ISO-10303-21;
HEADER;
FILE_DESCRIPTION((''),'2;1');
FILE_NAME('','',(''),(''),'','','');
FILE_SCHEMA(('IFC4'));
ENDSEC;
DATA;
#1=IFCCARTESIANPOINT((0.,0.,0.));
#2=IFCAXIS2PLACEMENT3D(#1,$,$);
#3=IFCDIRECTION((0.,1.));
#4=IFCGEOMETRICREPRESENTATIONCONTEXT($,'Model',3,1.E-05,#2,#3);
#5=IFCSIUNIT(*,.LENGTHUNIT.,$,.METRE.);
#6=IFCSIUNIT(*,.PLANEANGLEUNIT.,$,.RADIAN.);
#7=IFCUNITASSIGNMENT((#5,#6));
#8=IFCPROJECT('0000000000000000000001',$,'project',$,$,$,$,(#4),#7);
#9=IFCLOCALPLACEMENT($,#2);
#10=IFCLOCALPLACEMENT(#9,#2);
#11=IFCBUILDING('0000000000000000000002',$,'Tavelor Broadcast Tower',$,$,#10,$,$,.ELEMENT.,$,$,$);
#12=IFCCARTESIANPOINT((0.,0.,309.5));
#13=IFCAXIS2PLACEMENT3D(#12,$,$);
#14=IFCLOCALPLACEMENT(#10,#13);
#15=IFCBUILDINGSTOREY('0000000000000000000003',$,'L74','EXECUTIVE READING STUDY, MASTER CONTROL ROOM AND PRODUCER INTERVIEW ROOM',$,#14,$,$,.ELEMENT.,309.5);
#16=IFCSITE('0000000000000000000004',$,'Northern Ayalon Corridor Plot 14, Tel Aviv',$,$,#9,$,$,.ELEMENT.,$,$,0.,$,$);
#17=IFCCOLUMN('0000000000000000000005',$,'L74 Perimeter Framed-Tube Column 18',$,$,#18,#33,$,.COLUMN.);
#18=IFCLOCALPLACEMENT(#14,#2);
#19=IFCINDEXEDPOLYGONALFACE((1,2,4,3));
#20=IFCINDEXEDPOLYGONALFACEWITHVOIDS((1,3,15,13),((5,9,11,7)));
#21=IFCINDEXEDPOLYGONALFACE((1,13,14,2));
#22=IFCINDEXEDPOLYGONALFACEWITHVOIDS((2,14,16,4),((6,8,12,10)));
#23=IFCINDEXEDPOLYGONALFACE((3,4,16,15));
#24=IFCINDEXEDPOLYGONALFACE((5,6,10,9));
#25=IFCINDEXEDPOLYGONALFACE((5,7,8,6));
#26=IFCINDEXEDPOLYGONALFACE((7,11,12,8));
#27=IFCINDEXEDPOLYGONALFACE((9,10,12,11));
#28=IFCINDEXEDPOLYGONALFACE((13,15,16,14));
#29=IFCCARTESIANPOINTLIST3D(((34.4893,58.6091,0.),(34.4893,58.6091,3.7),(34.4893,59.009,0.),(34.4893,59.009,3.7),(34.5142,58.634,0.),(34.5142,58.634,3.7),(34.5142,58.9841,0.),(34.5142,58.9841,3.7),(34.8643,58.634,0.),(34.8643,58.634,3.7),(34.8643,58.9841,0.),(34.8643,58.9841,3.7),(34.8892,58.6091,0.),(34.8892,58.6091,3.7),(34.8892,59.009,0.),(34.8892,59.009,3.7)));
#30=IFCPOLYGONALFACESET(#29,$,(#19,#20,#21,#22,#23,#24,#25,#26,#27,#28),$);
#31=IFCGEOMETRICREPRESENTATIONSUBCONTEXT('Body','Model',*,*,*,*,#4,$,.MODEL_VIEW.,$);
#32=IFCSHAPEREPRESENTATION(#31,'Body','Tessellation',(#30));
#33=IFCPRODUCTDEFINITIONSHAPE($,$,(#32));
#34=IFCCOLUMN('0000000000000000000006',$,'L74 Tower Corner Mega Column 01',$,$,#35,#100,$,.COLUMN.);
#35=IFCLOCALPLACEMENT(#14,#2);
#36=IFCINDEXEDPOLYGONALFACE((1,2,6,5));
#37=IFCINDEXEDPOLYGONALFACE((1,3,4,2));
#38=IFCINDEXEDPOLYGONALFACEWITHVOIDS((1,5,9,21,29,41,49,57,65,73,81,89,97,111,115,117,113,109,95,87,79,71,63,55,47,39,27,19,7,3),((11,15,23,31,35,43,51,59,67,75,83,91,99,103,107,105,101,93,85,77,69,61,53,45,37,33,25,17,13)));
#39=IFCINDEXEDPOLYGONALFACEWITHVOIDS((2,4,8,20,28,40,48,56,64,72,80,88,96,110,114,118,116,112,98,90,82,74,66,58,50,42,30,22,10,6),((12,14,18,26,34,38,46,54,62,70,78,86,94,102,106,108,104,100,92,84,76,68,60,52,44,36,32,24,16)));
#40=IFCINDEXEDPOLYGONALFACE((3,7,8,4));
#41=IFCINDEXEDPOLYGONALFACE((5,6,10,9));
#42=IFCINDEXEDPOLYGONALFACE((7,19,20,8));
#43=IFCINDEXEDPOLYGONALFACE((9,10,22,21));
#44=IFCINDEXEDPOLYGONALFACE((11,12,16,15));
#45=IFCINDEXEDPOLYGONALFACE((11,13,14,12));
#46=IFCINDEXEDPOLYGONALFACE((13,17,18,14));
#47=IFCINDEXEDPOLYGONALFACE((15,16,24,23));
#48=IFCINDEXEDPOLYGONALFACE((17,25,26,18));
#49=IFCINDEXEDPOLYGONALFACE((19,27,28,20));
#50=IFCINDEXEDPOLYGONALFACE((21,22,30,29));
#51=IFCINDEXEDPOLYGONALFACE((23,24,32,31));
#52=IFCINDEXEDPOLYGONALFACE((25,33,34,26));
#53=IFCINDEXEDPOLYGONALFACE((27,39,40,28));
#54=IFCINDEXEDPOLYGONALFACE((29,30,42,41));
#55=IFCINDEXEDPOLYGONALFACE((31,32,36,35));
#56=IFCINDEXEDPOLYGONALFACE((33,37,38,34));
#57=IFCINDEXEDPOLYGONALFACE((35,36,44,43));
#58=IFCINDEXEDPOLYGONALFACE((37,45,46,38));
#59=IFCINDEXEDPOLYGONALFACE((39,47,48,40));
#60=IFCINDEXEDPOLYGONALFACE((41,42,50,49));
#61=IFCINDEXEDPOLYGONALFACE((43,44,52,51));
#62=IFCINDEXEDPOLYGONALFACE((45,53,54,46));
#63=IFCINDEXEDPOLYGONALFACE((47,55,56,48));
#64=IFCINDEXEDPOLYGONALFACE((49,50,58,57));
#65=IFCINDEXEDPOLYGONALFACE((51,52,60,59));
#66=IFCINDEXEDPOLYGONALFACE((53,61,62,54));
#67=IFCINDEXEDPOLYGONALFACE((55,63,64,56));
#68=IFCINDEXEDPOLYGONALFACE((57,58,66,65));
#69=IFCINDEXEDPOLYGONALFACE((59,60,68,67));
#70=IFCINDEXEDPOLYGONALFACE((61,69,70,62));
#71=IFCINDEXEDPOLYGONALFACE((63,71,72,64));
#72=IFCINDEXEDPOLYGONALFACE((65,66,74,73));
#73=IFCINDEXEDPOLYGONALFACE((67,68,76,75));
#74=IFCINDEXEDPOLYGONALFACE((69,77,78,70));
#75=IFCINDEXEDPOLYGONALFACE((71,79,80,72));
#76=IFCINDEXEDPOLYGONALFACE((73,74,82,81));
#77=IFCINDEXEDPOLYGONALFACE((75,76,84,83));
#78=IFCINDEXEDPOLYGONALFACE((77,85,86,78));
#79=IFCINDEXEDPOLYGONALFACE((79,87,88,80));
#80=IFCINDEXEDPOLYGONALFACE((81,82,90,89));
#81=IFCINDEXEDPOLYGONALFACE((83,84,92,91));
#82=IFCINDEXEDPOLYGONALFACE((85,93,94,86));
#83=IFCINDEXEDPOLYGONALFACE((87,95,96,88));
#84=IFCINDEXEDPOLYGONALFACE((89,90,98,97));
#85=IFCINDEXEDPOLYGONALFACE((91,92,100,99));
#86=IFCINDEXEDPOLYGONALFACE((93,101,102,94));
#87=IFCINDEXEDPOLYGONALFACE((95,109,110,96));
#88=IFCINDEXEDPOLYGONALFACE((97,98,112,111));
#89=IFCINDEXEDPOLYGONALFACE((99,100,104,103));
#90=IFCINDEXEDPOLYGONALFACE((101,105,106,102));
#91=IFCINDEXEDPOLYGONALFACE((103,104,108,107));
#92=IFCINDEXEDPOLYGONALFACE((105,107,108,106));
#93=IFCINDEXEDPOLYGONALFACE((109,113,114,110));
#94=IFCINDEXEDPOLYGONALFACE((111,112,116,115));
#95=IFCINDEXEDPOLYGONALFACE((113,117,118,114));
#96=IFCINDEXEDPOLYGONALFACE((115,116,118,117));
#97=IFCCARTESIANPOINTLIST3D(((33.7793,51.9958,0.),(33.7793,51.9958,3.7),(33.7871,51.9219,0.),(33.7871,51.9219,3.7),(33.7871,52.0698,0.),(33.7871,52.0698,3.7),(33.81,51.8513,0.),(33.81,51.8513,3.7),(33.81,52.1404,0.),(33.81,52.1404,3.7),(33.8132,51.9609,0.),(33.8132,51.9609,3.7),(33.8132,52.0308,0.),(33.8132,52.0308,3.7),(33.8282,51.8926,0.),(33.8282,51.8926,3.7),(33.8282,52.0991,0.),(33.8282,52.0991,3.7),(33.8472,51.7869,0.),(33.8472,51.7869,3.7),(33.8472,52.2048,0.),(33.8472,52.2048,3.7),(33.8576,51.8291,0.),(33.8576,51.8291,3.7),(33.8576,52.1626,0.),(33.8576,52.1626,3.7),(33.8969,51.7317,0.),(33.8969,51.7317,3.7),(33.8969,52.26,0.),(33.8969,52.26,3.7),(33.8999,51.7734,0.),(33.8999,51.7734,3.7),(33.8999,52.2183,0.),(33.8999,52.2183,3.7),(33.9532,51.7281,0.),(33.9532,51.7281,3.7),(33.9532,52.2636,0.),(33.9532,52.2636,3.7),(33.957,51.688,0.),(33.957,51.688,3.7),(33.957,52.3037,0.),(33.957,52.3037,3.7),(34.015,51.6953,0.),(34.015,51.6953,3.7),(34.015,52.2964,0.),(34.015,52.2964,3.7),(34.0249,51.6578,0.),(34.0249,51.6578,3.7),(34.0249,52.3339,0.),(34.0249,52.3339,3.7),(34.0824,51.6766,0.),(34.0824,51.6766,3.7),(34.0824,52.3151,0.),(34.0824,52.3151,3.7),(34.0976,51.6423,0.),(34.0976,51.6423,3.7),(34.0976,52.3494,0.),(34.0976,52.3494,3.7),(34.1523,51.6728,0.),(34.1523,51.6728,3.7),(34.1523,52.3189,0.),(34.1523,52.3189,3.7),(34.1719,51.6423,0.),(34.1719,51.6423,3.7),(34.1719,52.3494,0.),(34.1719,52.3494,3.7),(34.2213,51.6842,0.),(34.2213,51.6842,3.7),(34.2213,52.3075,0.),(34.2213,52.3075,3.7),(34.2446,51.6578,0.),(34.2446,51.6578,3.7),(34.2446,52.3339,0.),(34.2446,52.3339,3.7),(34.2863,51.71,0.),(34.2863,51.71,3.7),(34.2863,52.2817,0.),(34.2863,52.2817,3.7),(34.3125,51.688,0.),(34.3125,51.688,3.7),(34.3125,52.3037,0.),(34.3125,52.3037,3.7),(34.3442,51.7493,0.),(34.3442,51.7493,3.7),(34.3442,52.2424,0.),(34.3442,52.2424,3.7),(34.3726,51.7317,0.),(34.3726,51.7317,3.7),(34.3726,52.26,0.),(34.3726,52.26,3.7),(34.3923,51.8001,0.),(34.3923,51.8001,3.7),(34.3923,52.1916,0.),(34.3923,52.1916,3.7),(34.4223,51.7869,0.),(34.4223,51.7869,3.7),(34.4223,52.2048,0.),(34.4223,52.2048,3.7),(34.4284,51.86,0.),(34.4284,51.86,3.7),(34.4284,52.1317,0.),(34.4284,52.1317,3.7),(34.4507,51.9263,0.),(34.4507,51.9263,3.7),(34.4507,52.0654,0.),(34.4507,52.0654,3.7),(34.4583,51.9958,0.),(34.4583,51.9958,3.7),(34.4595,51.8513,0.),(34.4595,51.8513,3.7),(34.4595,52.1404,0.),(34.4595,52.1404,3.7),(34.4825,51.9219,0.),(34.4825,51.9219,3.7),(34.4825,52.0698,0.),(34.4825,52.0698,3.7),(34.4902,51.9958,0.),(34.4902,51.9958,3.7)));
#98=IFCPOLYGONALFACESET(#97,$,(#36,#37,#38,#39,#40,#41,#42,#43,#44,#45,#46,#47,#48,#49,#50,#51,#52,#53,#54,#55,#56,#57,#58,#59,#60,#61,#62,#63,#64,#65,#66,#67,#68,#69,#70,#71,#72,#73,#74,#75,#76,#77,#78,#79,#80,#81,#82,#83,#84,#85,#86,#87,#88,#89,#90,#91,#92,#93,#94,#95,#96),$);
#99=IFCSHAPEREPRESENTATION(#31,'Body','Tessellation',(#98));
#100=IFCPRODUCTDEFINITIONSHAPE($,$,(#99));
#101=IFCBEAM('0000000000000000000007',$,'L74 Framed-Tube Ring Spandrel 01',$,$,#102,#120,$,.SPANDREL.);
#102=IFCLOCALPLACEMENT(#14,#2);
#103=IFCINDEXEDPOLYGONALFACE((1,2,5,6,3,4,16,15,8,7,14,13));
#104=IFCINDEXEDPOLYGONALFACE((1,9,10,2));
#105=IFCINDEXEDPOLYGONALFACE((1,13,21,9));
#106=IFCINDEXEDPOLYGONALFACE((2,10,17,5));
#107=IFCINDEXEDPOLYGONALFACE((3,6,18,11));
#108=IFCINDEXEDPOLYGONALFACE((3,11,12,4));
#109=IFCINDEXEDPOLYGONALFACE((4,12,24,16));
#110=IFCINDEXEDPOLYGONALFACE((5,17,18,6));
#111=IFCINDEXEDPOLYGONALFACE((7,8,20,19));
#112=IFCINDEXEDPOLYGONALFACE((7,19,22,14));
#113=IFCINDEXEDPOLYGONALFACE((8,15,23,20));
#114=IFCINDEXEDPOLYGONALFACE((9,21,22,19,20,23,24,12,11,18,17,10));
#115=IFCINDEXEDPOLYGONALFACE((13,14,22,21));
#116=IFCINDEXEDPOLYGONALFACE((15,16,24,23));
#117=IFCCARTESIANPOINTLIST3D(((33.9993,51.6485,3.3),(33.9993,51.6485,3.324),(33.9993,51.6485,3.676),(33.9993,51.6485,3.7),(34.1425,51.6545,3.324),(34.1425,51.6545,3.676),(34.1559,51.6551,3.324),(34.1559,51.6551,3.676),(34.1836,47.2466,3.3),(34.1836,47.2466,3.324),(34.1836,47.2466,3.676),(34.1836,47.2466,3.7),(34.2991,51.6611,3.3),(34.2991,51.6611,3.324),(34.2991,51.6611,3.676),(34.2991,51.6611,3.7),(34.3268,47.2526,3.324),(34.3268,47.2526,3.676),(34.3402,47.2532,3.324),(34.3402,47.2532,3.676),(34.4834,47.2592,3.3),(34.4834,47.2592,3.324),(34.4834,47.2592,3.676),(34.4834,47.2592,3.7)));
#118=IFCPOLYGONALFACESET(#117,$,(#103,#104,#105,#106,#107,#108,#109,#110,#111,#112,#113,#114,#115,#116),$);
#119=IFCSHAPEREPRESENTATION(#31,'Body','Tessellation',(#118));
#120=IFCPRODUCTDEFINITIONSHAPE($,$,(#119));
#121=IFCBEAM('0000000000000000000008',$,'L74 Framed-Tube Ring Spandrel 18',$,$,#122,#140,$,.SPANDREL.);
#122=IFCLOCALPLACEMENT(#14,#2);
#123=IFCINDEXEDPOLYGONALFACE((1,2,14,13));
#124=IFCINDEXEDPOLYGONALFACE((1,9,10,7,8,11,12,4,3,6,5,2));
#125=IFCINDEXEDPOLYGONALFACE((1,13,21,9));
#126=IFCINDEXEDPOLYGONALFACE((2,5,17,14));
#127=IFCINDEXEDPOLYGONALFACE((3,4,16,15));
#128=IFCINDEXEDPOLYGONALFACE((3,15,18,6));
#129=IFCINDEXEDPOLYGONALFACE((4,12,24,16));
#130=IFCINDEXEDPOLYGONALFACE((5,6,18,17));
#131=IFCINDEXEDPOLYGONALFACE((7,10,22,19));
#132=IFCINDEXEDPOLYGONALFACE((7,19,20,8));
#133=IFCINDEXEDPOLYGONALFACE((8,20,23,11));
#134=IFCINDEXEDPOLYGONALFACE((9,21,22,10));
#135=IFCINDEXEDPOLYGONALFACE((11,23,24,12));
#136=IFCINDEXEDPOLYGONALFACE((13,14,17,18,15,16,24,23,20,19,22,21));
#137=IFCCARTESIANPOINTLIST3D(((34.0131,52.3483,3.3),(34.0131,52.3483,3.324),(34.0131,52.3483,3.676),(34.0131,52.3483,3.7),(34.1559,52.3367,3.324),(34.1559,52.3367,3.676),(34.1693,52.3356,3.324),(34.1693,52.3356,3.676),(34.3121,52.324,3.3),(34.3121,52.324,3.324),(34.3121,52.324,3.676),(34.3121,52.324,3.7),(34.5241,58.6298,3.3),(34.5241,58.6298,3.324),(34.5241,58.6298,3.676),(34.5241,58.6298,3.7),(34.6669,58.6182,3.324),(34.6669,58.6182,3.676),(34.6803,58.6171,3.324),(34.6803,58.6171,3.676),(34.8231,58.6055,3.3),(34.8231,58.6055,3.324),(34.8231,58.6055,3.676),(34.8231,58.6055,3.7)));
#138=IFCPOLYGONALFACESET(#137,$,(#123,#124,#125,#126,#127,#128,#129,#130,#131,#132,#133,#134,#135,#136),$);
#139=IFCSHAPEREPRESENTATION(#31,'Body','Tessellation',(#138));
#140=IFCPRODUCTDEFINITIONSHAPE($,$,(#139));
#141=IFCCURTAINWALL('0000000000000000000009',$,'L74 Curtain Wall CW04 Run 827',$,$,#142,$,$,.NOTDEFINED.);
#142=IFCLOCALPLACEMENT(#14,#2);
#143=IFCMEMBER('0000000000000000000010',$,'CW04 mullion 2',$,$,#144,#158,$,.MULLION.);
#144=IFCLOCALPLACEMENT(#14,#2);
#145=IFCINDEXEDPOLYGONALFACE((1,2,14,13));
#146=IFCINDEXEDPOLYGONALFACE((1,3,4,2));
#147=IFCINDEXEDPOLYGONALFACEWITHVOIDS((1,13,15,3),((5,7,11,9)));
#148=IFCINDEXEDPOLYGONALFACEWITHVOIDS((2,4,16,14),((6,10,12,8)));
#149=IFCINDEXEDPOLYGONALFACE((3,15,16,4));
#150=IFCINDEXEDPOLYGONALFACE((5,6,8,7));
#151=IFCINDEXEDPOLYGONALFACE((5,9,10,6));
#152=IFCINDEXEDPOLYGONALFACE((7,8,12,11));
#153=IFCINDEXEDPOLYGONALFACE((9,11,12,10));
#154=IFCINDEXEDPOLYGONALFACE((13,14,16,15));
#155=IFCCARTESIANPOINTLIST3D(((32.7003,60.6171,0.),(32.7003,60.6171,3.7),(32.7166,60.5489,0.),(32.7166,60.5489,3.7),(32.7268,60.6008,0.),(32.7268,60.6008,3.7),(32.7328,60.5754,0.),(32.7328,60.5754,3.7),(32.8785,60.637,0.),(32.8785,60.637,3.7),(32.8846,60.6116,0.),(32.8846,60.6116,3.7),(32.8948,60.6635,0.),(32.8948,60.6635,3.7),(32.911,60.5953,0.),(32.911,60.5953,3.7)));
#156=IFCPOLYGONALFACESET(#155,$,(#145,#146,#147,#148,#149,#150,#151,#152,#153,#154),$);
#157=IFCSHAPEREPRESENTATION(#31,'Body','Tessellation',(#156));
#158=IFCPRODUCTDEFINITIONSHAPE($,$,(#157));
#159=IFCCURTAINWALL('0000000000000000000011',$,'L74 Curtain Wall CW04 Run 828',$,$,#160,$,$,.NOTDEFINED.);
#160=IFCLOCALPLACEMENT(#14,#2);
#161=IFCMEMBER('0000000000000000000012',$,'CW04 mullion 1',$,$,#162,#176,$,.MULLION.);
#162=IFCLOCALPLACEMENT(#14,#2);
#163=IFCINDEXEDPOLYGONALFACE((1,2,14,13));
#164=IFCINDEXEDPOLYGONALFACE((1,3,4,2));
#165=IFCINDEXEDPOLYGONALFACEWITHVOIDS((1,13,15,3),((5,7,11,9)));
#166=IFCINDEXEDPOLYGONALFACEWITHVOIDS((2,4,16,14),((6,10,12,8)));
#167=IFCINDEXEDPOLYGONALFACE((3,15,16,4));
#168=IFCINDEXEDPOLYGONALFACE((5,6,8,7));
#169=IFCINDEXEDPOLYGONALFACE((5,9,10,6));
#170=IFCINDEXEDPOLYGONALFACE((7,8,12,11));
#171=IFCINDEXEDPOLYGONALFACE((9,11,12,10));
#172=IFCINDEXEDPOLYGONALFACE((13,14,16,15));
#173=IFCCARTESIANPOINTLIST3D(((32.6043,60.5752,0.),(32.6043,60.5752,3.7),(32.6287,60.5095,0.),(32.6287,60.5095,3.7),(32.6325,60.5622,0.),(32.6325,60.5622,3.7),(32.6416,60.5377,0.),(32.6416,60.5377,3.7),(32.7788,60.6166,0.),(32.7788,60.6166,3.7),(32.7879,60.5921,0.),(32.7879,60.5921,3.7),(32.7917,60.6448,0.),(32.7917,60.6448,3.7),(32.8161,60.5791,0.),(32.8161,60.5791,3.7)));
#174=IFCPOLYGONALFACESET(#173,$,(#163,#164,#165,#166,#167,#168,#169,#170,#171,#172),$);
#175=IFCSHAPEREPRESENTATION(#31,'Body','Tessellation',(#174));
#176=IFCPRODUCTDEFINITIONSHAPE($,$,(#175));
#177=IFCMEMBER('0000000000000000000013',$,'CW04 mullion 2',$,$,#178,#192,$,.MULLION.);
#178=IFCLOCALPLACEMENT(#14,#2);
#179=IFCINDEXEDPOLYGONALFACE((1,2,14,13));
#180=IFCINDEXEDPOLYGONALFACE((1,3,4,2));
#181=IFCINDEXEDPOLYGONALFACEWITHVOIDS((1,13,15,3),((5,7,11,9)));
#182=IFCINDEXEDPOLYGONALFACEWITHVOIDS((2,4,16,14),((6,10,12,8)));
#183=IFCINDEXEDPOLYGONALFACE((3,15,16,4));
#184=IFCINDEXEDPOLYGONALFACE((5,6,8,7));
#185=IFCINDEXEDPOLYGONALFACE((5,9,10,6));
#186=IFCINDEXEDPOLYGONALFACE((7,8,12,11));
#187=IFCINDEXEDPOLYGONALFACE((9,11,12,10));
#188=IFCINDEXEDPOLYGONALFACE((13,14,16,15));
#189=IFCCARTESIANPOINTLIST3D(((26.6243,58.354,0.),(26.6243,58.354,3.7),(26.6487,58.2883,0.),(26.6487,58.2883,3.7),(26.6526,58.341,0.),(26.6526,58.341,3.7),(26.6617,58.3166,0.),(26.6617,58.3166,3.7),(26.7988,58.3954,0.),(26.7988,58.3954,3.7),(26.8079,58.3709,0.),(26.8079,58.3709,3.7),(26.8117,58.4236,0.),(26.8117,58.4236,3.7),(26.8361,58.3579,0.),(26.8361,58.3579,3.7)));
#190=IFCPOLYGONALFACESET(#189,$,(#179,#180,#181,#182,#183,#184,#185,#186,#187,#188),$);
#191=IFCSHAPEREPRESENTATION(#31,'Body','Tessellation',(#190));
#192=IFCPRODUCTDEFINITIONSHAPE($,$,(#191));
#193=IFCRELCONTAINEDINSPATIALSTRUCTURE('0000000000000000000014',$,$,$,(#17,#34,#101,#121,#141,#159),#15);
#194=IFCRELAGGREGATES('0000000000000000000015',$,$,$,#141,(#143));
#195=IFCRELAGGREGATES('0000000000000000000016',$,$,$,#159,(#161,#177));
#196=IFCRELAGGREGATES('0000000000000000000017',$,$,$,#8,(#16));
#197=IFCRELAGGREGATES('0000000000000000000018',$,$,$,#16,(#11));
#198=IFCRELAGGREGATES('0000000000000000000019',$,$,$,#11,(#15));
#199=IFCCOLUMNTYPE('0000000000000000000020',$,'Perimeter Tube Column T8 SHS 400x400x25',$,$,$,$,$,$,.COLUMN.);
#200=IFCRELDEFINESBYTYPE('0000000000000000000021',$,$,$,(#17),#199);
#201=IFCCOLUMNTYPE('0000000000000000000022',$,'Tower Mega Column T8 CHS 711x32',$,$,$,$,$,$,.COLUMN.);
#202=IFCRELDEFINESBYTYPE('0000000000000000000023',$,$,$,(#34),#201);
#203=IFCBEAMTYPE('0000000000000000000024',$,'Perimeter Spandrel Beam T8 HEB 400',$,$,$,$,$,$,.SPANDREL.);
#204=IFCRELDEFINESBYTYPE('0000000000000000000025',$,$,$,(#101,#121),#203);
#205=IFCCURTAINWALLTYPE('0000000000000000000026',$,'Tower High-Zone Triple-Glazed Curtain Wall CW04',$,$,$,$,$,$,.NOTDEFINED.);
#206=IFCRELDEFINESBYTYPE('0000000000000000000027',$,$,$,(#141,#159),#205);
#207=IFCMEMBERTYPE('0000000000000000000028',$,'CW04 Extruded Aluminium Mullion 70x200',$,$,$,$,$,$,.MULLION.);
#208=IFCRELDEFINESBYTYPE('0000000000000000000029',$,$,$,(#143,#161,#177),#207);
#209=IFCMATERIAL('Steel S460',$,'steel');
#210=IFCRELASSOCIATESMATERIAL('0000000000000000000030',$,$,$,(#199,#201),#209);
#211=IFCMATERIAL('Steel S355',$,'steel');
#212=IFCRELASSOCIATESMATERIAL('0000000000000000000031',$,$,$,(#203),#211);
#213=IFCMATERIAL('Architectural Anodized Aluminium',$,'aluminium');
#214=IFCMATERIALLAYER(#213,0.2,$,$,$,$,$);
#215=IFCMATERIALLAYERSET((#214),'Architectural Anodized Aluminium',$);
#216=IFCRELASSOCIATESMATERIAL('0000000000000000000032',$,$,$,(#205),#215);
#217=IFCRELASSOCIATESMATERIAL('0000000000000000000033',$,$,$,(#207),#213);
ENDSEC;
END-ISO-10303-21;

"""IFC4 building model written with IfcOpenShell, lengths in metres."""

from ifc_helpers import new_model, si_unit, direction, frame, origin, origin_2d, place, context, subcontext, project, spatial, hollow_rectangle, hollow_circle, i_section, extrude, source, transform, mapped, material, layer, layer_set, material_profile, profile_set, type_object, type_shapes, element, aggregate, save


model = new_model("IFC4")

# Units and contexts
model_context = context("Model", 3, precision=1e-05, world=origin(), true_north=direction((0.0, 1.0)))
body_context = subcontext(model_context, "Body", "Model", "MODEL_VIEW")
ifc_project = project(units=[si_unit("LENGTHUNIT", "METRE"), si_unit("PLANEANGLEUNIT", "RADIAN")], contexts=[model_context])

# Site, building, storey
site_placement = place(None, origin())
site = spatial("IfcSite", under=ifc_project, at=site_placement, Name="Northern Ayalon Corridor Plot 14, Tel Aviv", CompositionType="ELEMENT", RefElevation=0.0)
building_placement = place(site_placement, origin())
building = spatial("IfcBuilding", under=site, at=building_placement, Name="Tavelor Broadcast Tower", CompositionType="ELEMENT")
storey_placement = place(building_placement, frame((0.0, 0.0, 309.5)))
storey = spatial("IfcBuildingStorey", under=building, at=storey_placement, Name="L74", Description="EXECUTIVE READING STUDY, MASTER CONTROL ROOM AND PRODUCER INTERVIEW ROOM", CompositionType="ELEMENT", Elevation=309.5)

# Columns
ifc_material_1 = material(Name="Steel S460", Category="steel")
ifc_material_profile_1 = material_profile(ifc_material_1, hollow_rectangle(XDim=0.3999, YDim=0.3999, WallThickness=0.0249, at=origin_2d()), Name="SHS 400x400x25")
ifc_profile_set_1 = profile_set([ifc_material_profile_1], Name="Steel S460")
column_type_1 = type_object("IfcColumnType", Name="Perimeter Tube Column T8 SHS 400x400x25", PredefinedType="COLUMN", material=ifc_profile_set_1)
column_1_placement = place(storey_placement, frame((34.6892, 58.8091, 0.0), z_axis=(0.0, 0.0, 1.0), x_axis=(1.0, 0.0, 0.0)))
element("IfcColumn", 1, at=column_1_placement, inside=storey, type_object=column_type_1, Name="L74 Perimeter Framed-Tube Column 18", PredefinedType="COLUMN", context=body_context, shape_type="SweptSolid", body=[
    extrude(hollow_rectangle(XDim=0.3999, YDim=0.3999, WallThickness=0.0249, at=origin_2d()), origin(), (0.0, 0.0, 1.0), 3.7),
])
ifc_material_profile_2 = material_profile(ifc_material_1, hollow_circle(Radius=0.3555, WallThickness=0.032, at=origin_2d()), Name="CHS 711x32")
ifc_profile_set_2 = profile_set([ifc_material_profile_2], Name="Steel S460")
column_type_2 = type_object("IfcColumnType", Name="Tower Mega Column T8 CHS 711x32", PredefinedType="COLUMN", material=ifc_profile_set_2)
column_2_placement = place(storey_placement, frame((34.1348, 51.9958, 0.0), z_axis=(0.0, 0.0, 1.0), x_axis=(1.0, 0.0, 0.0)))
element("IfcColumn", 2, at=column_2_placement, inside=storey, type_object=column_type_2, Name="L74 Tower Corner Mega Column 01", PredefinedType="COLUMN", context=body_context, shape_type="SweptSolid", body=[
    extrude(hollow_circle(Radius=0.3555, WallThickness=0.032, at=origin_2d()), origin(), (0.0, 0.0, 1.0), 3.7),
])

# Beams
ifc_material_2 = material(Name="Steel S355", Category="steel")
ifc_material_profile_3 = material_profile(ifc_material_2, i_section(OverallWidth=0.3, OverallDepth=0.3999, WebThickness=0.0134, FlangeThickness=0.0239, at=origin_2d()), Name="HEB 400")
ifc_profile_set_3 = profile_set([ifc_material_profile_3], Name="Steel S355")
beam_type = type_object("IfcBeamType", Name="Perimeter Spandrel Beam T8 HEB 400", PredefinedType="SPANDREL", material=ifc_profile_set_3)
beam_1_placement = place(storey_placement, frame((34.1492, 51.6548, 3.5), z_axis=(0.041838, -0.999124, 0.0), x_axis=(0.999124, 0.041838, 0.0)))
element("IfcBeam", 3, at=beam_1_placement, inside=storey, type_object=beam_type, Name="L74 Framed-Tube Ring Spandrel 01", PredefinedType="SPANDREL", context=body_context, shape_type="SweptSolid", body=[
    extrude(i_section(OverallWidth=0.3, OverallDepth=0.3999, WebThickness=0.0134, FlangeThickness=0.0239, at=origin_2d()), origin(), (0.0, 0.0, 1.0), 4.4058),
])
beam_2_placement = place(storey_placement, frame((34.6736, 58.6177, 3.5), z_axis=(-0.08108, -0.996708, 0.0), x_axis=(0.996708, -0.08108, 0.0)))
element("IfcBeam", 4, at=beam_2_placement, inside=storey, type_object=beam_type, Name="L74 Framed-Tube Ring Spandrel 18", PredefinedType="SPANDREL", context=body_context, shape_type="SweptSolid", body=[
    extrude(i_section(OverallWidth=0.3, OverallDepth=0.3999, WebThickness=0.0134, FlangeThickness=0.0239, at=origin_2d()), origin(), (0.0, 0.0, 1.0), 6.3022),
])

# Curtain wall, member
ifc_material_3 = material(Name="Architectural Anodized Aluminium", Category="aluminium")
ifc_layer_1 = layer(ifc_material_3, 0.2)
ifc_layer_set_1 = layer_set([ifc_layer_1], Name="Architectural Anodized Aluminium")
curtain_wall_type = type_object("IfcCurtainWallType", Name="Tower High-Zone Triple-Glazed Curtain Wall CW04", PredefinedType="NOTDEFINED", material=ifc_layer_set_1)
curtain_wall_1_placement = place(storey_placement, origin())
curtain_wall_1 = element("IfcCurtainWall", 5, at=curtain_wall_1_placement, inside=storey, type_object=curtain_wall_type, Name="L74 Curtain Wall CW04 Run 827", PredefinedType="NOTDEFINED")
ifc_material_profile_4 = material_profile(ifc_material_3, hollow_rectangle(XDim=0.0701, YDim=0.2, WallThickness=0.022, at=origin_2d()), Name="RHS 70x200x22")
ifc_profile_set_4 = profile_set([ifc_material_profile_4], Name="Architectural Anodized Aluminium")
member_type_1 = type_object("IfcMemberType", Name="CW04 Extruded Aluminium Mullion 70x200", PredefinedType="MULLION", material=ifc_profile_set_4)
shared_shape_1 = source(origin(), body_context, "Body", "SweptSolid", [
    extrude(hollow_rectangle(XDim=0.0701, YDim=0.2, WallThickness=0.022, at=origin_2d()), origin(), (0.0, 0.0, 1.0), 3.7),
])
type_shapes(member_type_1, [shared_shape_1])
member_1_placement = place(storey_placement, frame((32.8057, 60.6062, 0.0), z_axis=(0.0, 0.0, 1.0), x_axis=(0.232197, -0.972669, 0.0)))
member_1 = element("IfcMember", 6, at=member_1_placement, type_object=member_type_1, Name="CW04 mullion 2", PredefinedType="MULLION", context=body_context, shape_type="MappedRepresentation", body=[
    mapped(shared_shape_1, transform((0.0, 0.0, 0.0), scale=1.0)),
])
aggregate(curtain_wall_1, [member_1])

# Curtain wall, members
curtain_wall_2_placement = place(storey_placement, origin())
curtain_wall_2 = element("IfcCurtainWall", 7, at=curtain_wall_2_placement, inside=storey, type_object=curtain_wall_type, Name="L74 Curtain Wall CW04 Run 828", PredefinedType="NOTDEFINED")
member_2_placement = place(storey_placement, frame((32.7102, 60.5771, 0.0), z_axis=(0.0, 0.0, 1.0), x_axis=(0.34818, -0.937428, 0.0)))
member_2 = element("IfcMember", 8, at=member_2_placement, type_object=member_type_1, Name="CW04 mullion 1", PredefinedType="MULLION", context=body_context, shape_type="MappedRepresentation", body=[
    mapped(shared_shape_1, transform((0.0, 0.0, 0.0), scale=1.0)),
])
member_3_placement = place(storey_placement, frame((26.7302, 58.356, 0.0), z_axis=(0.0, 0.0, 1.0), x_axis=(0.34818, -0.937428, 0.0)))
member_3 = element("IfcMember", 9, at=member_3_placement, type_object=member_type_1, Name="CW04 mullion 2", PredefinedType="MULLION", context=body_context, shape_type="MappedRepresentation", body=[
    mapped(shared_shape_1, transform((0.0, 0.0, 0.0), scale=1.0)),
])

aggregate(curtain_wall_2, [member_2, member_3])

save(model, "model.ifc")
